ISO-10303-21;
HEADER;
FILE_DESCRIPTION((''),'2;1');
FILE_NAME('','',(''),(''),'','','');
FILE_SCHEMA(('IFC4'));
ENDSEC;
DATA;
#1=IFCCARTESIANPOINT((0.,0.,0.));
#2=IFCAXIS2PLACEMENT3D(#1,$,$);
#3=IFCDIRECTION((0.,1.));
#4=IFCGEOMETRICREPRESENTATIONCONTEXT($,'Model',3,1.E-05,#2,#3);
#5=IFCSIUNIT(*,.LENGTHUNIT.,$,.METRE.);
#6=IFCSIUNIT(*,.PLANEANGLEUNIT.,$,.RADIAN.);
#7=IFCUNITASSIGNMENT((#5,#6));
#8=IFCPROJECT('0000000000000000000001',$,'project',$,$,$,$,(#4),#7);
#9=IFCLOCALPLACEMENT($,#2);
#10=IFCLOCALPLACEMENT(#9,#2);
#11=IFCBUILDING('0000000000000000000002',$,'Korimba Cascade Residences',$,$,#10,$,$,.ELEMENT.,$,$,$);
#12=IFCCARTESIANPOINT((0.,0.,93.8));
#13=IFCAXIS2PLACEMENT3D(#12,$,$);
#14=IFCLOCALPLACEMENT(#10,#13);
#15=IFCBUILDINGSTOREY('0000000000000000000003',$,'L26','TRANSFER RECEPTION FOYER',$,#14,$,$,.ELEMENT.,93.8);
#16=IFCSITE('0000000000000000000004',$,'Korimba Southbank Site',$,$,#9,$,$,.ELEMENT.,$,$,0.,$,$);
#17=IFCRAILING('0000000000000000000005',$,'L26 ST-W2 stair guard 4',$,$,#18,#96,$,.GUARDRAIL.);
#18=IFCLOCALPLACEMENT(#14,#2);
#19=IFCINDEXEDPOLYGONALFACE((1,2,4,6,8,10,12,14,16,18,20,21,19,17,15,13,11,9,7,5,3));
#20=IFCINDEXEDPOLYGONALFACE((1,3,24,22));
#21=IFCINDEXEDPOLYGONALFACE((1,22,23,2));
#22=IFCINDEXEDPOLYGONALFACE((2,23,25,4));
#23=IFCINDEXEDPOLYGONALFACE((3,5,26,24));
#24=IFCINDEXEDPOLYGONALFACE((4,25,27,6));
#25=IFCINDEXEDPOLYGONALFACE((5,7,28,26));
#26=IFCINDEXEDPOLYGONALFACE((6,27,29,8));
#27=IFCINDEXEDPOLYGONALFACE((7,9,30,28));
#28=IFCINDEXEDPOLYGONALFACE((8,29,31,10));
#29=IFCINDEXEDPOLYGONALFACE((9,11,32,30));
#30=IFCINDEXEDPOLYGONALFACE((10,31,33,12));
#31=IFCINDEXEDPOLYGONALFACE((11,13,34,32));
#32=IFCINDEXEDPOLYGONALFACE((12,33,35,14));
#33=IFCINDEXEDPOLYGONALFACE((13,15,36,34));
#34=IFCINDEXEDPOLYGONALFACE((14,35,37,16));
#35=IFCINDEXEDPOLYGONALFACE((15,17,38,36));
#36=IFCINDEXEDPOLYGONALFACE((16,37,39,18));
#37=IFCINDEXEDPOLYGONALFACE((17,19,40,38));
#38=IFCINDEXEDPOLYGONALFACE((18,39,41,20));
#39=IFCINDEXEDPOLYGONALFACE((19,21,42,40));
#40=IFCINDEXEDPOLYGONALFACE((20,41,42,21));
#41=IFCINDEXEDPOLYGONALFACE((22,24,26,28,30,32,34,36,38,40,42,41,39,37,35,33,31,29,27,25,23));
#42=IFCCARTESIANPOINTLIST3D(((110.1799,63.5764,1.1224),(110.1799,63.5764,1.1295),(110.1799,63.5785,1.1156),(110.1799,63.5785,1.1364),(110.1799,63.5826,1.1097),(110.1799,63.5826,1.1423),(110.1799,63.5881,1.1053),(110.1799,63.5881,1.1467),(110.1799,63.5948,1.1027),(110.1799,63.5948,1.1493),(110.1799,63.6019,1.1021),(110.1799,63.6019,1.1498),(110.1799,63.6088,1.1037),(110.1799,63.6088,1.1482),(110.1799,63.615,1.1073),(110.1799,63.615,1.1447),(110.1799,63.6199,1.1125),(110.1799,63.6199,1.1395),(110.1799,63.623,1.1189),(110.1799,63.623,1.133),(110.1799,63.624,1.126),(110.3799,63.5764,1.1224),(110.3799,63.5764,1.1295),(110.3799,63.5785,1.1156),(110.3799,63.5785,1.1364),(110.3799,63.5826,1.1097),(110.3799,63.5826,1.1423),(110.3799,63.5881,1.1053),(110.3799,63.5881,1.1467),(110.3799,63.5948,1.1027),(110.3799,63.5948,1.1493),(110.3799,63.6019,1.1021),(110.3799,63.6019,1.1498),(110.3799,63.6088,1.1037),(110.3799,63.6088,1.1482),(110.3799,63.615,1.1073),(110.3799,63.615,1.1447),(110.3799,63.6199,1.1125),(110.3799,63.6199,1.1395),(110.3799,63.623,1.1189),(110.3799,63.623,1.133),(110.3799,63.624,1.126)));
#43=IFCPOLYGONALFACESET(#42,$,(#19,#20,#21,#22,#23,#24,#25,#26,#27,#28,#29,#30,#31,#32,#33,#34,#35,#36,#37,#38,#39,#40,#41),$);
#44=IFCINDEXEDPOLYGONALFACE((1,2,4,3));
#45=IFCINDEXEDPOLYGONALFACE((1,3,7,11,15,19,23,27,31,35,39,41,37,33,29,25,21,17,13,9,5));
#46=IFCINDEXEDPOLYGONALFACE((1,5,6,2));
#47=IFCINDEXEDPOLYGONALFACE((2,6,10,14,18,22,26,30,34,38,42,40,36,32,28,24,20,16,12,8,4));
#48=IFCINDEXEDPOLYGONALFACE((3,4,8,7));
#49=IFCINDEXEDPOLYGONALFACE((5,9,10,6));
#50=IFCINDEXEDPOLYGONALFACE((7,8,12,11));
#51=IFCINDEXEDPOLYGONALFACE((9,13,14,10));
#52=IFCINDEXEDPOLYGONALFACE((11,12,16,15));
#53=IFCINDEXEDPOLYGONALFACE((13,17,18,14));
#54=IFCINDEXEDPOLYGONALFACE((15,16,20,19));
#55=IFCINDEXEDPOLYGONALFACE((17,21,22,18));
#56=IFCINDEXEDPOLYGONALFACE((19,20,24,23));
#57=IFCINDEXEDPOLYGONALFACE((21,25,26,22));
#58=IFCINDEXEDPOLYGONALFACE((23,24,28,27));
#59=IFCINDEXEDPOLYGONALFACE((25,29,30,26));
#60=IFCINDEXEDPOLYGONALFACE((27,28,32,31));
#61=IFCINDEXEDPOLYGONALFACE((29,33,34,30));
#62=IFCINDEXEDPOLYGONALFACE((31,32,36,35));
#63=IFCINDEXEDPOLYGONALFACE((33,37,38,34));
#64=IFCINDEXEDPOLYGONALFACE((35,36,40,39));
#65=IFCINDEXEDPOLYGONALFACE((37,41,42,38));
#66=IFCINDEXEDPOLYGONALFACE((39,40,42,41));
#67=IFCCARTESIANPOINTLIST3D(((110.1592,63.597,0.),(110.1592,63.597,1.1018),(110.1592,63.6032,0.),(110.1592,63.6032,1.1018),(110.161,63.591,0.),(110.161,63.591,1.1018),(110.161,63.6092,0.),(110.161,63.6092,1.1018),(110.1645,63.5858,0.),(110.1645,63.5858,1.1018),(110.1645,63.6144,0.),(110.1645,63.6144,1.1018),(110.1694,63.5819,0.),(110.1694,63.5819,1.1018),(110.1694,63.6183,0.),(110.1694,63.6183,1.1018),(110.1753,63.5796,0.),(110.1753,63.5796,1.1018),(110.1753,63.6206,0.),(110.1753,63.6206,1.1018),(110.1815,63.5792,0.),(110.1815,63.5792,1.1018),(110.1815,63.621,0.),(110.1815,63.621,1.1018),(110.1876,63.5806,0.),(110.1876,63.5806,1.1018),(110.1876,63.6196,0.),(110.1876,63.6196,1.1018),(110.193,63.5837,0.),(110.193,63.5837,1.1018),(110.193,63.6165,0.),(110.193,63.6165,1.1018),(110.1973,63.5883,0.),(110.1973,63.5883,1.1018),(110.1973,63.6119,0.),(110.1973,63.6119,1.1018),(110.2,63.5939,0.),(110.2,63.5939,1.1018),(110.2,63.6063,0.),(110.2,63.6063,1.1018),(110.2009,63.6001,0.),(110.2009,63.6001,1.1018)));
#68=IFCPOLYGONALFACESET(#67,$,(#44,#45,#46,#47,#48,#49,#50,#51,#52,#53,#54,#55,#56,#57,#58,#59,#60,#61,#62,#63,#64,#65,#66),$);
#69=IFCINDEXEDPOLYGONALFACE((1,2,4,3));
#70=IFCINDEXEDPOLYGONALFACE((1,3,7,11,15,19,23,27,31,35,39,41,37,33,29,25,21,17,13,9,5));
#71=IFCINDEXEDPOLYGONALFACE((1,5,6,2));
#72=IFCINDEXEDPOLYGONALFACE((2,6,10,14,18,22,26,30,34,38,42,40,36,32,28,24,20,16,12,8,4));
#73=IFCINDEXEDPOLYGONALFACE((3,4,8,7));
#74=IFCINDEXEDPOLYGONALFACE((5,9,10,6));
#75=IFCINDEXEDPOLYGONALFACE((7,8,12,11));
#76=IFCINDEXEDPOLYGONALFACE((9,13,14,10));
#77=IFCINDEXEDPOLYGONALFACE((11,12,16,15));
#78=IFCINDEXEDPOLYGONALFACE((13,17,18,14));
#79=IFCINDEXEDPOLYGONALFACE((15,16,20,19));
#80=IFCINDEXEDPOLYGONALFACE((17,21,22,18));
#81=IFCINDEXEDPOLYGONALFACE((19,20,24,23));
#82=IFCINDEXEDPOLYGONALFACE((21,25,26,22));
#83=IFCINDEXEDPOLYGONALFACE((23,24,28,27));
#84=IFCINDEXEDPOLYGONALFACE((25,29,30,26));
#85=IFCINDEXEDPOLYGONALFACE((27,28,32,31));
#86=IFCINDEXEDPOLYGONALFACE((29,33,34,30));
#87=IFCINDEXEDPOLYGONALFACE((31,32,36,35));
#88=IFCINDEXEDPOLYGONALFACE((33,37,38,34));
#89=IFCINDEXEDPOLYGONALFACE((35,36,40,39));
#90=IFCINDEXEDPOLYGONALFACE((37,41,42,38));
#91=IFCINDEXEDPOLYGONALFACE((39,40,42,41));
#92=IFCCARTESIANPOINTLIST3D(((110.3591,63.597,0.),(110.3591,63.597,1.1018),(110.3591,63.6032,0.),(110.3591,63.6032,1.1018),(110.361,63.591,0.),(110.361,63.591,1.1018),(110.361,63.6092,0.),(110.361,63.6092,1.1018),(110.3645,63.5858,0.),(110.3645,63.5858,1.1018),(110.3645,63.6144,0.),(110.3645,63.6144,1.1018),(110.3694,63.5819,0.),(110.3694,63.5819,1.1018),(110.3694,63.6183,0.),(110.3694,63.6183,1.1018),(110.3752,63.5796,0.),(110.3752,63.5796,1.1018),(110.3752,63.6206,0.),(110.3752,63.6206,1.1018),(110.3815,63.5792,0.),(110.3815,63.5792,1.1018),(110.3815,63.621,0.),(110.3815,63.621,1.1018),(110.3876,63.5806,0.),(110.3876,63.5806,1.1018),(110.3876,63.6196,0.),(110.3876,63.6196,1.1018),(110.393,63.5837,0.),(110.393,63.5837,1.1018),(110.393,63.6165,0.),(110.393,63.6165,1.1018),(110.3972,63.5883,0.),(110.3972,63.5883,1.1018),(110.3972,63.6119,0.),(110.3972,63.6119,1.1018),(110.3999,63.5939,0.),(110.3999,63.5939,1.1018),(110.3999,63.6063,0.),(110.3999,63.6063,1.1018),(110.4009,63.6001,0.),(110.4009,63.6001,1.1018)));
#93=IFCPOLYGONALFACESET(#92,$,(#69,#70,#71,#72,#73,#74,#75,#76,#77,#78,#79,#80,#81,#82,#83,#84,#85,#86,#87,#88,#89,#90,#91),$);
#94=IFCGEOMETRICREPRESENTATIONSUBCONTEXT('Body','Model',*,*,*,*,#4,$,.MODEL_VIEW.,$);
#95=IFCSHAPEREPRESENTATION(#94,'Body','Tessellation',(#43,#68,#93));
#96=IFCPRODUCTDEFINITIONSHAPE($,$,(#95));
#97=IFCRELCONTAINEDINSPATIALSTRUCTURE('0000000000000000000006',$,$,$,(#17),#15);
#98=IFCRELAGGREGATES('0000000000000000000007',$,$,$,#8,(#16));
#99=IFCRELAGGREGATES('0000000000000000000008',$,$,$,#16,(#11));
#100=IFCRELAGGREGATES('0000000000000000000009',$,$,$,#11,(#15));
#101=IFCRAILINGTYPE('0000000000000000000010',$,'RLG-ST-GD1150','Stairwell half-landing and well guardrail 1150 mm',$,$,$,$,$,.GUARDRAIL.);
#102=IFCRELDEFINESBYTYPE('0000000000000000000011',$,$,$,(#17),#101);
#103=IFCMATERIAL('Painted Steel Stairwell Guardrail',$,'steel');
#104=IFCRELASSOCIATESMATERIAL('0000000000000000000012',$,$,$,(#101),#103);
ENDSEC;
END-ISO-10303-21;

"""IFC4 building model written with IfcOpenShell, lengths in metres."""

from ifc_helpers import new_model, si_unit, direction, frame, origin, origin_2d, place, context, subcontext, project, spatial, circle, extrude, material, type_object, element, save


model = new_model("IFC4")

# Units and contexts
model_context = context("Model", 3, precision=1e-05, world=origin(), true_north=direction((0.0, 1.0)))
body_context = subcontext(model_context, "Body", "Model", "MODEL_VIEW")
ifc_project = project(units=[si_unit("LENGTHUNIT", "METRE"), si_unit("PLANEANGLEUNIT", "RADIAN")], contexts=[model_context])

# Site, building, storey
site_placement = place(None, origin())
site = spatial("IfcSite", under=ifc_project, at=site_placement, Name="Korimba Southbank Site", CompositionType="ELEMENT", RefElevation=0.0)
building_placement = place(site_placement, origin())
building = spatial("IfcBuilding", under=site, at=building_placement, Name="Korimba Cascade Residences", CompositionType="ELEMENT")
storey_placement = place(building_placement, frame((0.0, 0.0, 93.8)))
storey = spatial("IfcBuildingStorey", under=building, at=storey_placement, Name="L26", Description="TRANSFER RECEPTION FOYER", CompositionType="ELEMENT", Elevation=93.8)

# Railing
ifc_material_1 = material(Name="Painted Steel Stairwell Guardrail", Category="steel")
railing_type_1 = type_object("IfcRailingType", Name="RLG-ST-GD1150", Description="Stairwell half-landing and well guardrail 1150 mm", PredefinedType="GUARDRAIL", material=ifc_material_1)
railing_1_placement = place(storey_placement, frame((110.1799, 63.6001, 0.0)))
element("IfcRailing", 1, at=railing_1_placement, inside=storey, type_object=railing_type_1, Name="L26 ST-W2 stair guard 4", PredefinedType="GUARDRAIL", context=body_context, shape_type="SweptSolid", body=[
    extrude(circle(Radius=0.0239, at=origin_2d()), frame((0.0, 0.0, 1.126), z_axis=(1.0, 0.0, 0.0), x_axis=(0.0, 1.0, 0.0)), (0.0, 0.0, 1.0), 0.2),
    extrude(circle(Radius=0.021, at=origin_2d()), origin(), (0.0, 0.0, 1.0), 1.1018),
    extrude(circle(Radius=0.021, at=origin_2d()), frame((0.2, 0.0, 0.0)), (0.0, 0.0, 1.0), 1.1018),
])

save(model, "model.ifc")
